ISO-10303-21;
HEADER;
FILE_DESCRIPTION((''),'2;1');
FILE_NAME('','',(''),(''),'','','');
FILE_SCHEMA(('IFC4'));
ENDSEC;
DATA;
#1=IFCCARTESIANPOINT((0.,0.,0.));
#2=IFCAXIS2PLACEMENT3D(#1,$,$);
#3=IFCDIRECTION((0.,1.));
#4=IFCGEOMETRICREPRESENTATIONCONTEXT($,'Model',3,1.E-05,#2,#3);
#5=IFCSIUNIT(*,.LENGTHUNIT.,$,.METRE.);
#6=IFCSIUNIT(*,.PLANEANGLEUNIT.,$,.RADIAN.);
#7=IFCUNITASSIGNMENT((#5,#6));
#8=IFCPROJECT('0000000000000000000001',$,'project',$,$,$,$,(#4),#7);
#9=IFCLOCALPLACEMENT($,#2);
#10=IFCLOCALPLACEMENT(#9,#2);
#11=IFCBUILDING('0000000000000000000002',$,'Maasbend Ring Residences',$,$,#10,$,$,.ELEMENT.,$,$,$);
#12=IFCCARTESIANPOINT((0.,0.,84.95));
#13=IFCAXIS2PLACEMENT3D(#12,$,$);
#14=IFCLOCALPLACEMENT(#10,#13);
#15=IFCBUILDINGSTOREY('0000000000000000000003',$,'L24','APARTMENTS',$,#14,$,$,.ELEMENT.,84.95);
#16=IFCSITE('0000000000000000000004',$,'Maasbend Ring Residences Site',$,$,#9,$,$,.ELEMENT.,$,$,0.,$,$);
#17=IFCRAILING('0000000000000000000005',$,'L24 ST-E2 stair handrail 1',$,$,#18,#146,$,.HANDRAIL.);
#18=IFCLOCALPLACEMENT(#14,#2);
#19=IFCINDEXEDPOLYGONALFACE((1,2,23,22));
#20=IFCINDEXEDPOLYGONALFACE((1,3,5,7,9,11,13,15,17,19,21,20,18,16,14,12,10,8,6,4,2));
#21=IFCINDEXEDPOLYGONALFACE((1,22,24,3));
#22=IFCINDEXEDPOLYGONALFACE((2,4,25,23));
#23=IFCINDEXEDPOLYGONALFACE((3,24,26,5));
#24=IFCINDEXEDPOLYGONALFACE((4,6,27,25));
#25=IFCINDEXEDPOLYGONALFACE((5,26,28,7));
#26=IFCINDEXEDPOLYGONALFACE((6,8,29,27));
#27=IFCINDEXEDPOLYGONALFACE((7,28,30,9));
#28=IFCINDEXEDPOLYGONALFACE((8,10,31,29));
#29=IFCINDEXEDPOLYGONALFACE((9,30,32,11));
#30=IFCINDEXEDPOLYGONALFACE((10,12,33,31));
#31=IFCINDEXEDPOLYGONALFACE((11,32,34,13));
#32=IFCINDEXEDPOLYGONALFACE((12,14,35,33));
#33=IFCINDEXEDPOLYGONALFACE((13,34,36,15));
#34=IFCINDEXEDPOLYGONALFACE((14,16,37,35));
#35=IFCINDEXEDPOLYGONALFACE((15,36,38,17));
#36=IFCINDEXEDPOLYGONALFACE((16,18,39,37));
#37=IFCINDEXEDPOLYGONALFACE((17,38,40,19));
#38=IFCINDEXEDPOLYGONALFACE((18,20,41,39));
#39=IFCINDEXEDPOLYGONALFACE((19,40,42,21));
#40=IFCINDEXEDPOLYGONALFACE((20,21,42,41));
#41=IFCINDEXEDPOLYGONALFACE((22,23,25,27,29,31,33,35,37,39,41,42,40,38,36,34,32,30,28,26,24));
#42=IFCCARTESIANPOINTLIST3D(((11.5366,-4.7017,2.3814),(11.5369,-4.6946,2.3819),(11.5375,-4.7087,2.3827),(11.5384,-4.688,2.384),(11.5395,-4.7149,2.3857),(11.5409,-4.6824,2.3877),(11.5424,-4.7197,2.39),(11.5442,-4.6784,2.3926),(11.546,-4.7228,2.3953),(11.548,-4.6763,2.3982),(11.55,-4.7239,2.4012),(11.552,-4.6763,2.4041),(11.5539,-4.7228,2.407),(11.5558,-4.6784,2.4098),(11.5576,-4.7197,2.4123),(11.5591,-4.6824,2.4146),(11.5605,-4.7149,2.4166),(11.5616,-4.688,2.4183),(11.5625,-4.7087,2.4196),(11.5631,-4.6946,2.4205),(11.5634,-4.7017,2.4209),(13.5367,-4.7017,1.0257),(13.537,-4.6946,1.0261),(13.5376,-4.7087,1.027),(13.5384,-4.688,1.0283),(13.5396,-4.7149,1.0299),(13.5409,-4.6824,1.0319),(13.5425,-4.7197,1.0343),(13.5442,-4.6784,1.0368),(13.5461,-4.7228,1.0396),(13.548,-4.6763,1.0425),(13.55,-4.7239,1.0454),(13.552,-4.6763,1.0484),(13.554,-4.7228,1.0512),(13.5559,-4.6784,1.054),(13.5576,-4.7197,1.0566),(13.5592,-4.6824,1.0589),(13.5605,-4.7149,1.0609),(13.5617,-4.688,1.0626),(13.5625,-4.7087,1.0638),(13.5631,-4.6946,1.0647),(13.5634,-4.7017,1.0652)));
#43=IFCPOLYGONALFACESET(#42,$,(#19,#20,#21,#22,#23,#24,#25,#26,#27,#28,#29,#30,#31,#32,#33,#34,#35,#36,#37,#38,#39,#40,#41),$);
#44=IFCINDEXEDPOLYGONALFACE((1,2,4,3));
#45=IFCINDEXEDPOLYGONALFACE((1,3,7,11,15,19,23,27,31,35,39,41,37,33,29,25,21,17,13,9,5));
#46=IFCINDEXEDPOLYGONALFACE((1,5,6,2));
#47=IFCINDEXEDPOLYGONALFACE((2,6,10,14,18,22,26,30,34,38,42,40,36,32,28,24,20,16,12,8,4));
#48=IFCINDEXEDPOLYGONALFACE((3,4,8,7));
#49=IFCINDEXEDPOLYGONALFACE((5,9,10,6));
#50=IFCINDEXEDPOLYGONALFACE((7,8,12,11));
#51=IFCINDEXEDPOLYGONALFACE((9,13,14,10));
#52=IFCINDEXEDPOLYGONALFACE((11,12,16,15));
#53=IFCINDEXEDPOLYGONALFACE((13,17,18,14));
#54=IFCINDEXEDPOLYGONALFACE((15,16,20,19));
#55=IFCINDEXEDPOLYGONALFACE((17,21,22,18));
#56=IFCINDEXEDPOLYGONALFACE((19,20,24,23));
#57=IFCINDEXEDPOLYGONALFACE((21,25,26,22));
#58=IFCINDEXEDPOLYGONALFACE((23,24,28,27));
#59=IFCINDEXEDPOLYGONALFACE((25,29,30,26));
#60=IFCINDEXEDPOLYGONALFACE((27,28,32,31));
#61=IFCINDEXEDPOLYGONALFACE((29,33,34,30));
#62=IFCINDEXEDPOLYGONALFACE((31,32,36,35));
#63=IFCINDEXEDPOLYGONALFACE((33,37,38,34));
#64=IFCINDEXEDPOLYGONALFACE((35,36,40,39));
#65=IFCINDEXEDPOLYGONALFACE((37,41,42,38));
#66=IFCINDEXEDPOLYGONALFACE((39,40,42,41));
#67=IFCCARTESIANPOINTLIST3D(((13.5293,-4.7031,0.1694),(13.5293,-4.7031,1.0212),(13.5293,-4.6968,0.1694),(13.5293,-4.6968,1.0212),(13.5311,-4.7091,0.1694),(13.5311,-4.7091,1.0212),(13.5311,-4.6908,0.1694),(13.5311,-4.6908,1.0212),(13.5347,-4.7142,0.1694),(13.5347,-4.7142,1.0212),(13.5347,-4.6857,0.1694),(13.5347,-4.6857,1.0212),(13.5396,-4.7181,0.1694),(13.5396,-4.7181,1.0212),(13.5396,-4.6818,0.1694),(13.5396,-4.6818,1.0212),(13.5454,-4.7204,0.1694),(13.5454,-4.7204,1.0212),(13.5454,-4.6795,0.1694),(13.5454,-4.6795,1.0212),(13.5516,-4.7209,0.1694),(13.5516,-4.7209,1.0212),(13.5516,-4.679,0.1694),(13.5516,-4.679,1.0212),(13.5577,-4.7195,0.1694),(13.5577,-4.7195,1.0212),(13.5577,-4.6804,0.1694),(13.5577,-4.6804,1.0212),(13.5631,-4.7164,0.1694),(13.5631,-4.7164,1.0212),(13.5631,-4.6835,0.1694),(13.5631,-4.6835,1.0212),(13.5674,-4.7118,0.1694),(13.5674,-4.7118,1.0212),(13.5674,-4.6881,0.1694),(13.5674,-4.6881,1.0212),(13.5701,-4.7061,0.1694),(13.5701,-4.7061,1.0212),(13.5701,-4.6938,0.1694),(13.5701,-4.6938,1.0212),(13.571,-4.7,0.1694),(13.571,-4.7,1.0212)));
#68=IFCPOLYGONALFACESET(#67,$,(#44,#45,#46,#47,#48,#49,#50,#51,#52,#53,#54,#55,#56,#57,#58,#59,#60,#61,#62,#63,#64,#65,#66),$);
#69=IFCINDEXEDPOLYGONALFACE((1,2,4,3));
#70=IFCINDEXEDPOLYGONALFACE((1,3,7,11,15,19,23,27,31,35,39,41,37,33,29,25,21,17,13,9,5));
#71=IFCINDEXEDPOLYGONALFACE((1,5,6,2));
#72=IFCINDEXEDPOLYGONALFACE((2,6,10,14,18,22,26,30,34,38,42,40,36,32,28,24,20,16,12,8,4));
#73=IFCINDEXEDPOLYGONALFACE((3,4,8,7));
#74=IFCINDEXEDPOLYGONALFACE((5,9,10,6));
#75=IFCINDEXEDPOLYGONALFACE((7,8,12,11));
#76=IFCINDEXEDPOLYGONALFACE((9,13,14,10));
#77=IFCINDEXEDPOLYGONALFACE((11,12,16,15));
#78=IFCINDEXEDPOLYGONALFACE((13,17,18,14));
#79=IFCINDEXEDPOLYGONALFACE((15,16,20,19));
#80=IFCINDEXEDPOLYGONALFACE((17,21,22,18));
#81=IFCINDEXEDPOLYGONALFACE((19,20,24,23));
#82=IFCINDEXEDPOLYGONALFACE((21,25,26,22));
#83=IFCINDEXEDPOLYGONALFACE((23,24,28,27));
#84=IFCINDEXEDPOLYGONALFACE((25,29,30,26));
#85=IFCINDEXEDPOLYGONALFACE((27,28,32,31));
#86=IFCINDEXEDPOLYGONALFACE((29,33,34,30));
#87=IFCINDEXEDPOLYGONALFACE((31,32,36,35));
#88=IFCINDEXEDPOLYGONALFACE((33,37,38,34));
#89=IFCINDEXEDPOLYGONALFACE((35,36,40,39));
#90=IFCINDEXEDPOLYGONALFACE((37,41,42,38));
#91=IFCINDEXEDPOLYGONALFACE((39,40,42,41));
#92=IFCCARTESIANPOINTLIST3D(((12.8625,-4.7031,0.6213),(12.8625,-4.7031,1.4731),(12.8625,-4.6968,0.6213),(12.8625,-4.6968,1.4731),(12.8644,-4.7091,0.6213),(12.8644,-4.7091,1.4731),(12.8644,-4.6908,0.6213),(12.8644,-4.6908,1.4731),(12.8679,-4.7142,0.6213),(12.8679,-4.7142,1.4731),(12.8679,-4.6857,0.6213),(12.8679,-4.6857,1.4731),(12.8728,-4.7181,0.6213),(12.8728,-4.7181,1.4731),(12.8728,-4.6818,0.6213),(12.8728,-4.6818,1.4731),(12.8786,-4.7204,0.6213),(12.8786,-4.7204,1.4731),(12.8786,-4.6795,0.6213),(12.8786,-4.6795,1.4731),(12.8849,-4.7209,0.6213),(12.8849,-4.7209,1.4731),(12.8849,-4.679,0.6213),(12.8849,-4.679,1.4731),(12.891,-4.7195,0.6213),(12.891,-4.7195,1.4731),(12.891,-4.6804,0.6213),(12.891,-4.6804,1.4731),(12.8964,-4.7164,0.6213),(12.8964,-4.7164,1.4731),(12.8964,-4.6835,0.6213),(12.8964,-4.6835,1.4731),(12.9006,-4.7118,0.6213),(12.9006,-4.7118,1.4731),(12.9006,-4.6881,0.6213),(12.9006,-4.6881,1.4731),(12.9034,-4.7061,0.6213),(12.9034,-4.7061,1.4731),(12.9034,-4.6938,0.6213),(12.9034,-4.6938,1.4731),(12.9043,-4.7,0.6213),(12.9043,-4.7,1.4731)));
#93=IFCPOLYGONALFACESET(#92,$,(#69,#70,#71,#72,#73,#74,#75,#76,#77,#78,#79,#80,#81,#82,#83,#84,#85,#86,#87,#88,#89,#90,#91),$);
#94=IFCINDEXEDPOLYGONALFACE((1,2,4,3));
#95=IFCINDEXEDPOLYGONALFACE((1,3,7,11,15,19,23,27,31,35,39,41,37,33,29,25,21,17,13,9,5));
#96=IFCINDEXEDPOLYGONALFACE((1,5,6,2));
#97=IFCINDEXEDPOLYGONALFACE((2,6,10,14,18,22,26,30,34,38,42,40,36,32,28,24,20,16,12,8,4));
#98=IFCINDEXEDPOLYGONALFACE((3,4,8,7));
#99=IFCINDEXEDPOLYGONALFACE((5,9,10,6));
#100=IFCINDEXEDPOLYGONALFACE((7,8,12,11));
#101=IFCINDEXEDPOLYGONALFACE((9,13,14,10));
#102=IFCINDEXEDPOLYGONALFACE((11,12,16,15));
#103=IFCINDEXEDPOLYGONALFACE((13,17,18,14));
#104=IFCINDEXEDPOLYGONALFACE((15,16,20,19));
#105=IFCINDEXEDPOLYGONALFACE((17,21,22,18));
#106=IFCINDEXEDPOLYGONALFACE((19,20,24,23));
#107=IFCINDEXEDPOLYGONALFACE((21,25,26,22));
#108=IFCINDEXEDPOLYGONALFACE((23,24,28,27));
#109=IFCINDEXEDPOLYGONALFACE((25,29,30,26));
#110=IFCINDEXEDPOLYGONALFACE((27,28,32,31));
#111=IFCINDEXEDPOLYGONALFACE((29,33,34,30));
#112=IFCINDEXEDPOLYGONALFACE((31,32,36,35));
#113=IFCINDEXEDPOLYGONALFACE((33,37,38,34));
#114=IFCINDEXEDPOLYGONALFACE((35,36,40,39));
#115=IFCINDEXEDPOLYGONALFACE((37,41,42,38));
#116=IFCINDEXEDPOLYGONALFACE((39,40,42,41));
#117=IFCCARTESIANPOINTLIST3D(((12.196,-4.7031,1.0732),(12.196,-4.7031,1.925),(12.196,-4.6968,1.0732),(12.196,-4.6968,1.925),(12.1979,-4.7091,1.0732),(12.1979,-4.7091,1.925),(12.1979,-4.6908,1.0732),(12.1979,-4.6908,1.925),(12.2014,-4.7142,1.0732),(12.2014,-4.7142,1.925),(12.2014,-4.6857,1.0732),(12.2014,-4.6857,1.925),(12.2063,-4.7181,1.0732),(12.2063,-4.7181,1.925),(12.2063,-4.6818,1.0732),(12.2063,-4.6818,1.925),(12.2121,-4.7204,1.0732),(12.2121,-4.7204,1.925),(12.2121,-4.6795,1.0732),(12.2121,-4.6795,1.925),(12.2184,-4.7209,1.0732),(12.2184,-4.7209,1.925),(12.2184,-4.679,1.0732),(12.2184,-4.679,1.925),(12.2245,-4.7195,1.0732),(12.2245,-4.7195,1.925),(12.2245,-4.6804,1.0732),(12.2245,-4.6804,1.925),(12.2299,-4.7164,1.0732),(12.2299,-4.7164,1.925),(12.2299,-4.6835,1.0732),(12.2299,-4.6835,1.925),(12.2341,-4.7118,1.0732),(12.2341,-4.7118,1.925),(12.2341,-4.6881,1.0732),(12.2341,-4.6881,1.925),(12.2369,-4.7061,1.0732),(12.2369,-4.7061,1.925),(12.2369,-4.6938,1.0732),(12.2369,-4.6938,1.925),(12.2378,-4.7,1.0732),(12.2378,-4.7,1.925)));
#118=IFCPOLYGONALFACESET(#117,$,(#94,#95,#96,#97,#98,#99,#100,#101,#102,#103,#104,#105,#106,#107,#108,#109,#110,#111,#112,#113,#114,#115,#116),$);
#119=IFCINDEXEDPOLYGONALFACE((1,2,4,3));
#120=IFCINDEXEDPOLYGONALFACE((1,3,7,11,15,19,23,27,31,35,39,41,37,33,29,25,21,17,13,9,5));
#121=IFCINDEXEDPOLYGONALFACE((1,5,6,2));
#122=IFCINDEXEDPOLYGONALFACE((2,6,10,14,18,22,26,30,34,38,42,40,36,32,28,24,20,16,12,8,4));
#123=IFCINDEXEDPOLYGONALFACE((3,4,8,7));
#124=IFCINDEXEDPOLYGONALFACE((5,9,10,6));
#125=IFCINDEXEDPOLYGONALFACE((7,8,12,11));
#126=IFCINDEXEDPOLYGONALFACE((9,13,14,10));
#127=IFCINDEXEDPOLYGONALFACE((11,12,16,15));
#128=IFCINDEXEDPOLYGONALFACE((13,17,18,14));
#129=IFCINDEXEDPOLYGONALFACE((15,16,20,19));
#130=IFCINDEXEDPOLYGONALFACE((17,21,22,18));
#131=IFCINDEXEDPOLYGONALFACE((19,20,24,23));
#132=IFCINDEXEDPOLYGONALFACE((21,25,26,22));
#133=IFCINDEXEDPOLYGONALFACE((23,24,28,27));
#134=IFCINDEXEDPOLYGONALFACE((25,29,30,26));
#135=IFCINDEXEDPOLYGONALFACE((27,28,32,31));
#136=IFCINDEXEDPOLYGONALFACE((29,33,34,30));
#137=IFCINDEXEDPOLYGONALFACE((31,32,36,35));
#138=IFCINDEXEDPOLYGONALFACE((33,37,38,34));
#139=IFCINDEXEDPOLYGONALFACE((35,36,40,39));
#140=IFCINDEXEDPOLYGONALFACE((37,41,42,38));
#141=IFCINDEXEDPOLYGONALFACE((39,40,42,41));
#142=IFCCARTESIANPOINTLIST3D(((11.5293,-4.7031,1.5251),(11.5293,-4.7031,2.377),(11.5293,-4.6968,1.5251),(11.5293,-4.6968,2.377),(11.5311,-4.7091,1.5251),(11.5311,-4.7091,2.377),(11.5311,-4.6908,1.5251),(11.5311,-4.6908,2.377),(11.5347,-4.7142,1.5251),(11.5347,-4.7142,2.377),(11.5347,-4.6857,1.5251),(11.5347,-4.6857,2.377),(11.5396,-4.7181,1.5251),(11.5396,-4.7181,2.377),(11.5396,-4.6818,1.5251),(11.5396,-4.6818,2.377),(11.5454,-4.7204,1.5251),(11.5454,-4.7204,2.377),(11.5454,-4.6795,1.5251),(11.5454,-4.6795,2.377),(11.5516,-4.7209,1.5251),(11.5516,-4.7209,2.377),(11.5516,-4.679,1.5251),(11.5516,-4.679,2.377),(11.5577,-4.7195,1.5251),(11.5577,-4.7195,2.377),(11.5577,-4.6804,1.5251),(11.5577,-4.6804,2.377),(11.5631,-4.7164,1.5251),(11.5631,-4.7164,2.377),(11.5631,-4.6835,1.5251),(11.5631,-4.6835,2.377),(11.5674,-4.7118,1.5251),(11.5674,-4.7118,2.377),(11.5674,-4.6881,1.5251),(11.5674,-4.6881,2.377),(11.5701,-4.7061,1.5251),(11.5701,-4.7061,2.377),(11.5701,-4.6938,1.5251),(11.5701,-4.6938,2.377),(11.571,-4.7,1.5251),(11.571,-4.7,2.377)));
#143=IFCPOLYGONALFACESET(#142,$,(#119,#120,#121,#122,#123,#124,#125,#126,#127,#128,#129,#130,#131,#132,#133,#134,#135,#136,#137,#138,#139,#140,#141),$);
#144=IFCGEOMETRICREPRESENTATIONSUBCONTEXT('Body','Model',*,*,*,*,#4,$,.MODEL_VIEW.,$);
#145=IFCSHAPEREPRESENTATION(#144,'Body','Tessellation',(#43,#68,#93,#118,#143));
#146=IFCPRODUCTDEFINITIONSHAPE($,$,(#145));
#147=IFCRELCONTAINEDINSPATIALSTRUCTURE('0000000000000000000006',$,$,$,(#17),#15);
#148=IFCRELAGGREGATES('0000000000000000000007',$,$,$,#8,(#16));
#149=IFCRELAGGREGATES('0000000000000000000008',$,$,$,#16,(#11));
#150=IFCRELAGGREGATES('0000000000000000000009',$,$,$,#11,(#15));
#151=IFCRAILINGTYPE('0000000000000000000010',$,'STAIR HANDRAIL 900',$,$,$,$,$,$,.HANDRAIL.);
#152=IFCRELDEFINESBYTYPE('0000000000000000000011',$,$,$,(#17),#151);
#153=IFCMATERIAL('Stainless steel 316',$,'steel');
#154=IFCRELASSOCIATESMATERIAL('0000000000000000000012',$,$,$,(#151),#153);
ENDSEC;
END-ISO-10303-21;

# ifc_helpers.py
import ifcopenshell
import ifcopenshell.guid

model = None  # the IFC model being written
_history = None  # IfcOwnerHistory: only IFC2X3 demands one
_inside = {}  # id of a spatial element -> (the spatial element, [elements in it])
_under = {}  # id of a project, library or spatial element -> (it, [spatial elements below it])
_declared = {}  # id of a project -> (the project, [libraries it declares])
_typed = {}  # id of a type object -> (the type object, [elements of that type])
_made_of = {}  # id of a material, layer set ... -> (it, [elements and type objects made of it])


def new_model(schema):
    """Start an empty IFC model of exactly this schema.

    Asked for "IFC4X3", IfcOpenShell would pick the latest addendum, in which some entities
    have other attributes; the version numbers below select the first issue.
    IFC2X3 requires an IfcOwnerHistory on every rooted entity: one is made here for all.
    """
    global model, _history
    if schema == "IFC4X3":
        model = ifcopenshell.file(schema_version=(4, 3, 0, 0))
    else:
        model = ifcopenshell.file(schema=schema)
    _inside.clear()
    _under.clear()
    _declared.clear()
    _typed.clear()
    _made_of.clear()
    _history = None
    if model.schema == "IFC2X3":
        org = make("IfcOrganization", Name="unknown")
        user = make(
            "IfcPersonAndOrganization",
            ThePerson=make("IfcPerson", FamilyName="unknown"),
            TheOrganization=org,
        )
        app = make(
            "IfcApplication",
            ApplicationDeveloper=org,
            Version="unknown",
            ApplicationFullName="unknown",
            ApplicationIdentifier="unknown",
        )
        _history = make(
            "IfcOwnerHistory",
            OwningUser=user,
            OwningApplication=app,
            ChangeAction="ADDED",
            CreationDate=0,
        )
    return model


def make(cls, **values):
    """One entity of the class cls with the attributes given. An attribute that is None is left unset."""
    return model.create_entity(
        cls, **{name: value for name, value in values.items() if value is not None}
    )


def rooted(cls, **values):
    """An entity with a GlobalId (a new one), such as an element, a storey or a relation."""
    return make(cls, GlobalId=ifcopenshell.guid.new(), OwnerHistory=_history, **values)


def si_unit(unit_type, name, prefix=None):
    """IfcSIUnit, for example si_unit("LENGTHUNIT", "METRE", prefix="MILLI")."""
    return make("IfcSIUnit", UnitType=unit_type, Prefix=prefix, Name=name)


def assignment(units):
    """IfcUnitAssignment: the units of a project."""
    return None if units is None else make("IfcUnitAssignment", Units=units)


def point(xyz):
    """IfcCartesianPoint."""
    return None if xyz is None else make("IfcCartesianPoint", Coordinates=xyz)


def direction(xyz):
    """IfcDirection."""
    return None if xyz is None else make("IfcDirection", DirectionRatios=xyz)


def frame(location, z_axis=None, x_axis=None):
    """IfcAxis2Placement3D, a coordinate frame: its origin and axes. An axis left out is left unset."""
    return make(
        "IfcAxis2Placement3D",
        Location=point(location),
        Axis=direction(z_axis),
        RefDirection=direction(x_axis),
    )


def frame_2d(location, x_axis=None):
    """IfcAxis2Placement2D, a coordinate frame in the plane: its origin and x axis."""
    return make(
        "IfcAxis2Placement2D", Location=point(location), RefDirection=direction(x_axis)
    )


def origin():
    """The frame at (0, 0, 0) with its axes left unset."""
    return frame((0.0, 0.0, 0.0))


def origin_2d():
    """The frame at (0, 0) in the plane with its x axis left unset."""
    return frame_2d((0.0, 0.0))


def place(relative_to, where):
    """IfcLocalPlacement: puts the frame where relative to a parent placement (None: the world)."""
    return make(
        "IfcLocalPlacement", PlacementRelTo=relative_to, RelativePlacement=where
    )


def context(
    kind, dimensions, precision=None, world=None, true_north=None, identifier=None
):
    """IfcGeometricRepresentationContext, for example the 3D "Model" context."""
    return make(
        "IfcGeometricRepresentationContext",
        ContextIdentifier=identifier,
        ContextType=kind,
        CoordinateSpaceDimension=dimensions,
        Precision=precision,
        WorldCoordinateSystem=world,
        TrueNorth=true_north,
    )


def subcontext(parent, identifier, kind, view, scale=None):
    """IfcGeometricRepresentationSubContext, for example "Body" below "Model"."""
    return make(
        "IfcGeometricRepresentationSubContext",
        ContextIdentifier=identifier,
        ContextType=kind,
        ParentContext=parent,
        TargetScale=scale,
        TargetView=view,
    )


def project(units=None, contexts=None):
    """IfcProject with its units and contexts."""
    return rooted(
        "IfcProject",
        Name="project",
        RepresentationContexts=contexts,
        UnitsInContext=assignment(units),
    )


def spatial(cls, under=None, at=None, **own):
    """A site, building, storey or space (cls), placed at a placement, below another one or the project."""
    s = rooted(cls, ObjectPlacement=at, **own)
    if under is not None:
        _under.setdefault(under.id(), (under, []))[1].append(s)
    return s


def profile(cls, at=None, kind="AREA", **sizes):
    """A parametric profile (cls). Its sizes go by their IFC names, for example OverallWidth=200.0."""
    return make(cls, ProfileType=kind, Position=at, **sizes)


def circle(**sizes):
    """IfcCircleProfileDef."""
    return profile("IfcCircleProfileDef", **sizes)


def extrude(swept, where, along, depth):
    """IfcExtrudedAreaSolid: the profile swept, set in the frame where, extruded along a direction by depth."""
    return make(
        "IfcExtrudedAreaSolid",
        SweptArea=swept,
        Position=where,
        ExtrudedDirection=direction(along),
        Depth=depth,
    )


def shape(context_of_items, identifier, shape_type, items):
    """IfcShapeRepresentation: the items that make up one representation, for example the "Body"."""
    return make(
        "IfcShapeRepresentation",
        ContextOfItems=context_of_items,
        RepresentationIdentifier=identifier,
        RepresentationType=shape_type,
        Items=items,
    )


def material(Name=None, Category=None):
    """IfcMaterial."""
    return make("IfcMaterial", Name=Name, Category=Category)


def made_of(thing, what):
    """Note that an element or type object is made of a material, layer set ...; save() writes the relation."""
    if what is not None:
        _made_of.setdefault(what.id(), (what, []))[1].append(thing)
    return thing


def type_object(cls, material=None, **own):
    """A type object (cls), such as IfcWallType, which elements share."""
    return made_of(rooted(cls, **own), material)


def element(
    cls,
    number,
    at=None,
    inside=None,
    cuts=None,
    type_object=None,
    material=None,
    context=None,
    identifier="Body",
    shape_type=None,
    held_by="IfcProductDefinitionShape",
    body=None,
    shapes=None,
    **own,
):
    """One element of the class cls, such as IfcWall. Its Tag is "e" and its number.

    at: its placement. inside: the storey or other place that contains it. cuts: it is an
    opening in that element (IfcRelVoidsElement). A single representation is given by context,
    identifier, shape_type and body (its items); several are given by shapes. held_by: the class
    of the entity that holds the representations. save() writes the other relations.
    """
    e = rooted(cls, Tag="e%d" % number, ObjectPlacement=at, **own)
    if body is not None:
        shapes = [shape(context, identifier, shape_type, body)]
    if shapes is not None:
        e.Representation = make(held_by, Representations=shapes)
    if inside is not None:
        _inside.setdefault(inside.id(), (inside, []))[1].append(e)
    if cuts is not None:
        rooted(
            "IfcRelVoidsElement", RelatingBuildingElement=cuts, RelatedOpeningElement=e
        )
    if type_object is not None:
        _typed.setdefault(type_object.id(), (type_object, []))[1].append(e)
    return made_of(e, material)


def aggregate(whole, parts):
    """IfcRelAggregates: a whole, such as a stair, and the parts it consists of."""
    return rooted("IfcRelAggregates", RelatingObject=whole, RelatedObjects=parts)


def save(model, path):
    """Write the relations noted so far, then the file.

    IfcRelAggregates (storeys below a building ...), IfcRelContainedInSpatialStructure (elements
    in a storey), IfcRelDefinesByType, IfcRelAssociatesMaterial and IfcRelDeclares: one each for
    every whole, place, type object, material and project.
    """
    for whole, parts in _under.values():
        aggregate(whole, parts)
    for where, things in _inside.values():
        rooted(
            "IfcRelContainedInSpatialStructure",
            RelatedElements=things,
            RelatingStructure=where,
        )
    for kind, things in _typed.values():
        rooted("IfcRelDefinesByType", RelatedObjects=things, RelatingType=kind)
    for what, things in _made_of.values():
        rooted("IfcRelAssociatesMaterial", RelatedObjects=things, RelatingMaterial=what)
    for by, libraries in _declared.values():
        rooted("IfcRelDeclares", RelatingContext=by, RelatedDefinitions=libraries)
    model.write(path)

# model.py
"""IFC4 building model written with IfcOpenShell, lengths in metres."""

from ifc_helpers import new_model, si_unit, direction, frame, origin, origin_2d, place, context, subcontext, project, spatial, circle, extrude, material, type_object, element, save


model = new_model("IFC4")

# Units and contexts
model_context = context("Model", 3, precision=1e-05, world=origin(), true_north=direction((0.0, 1.0)))
body_context = subcontext(model_context, "Body", "Model", "MODEL_VIEW")
ifc_project = project(units=[si_unit("LENGTHUNIT", "METRE"), si_unit("PLANEANGLEUNIT", "RADIAN")], contexts=[model_context])

# Site, building, storey
site_placement = place(None, origin())
site = spatial("IfcSite", under=ifc_project, at=site_placement, Name="Maasbend Ring Residences Site", CompositionType="ELEMENT", RefElevation=0.0)
building_placement = place(site_placement, origin())
building = spatial("IfcBuilding", under=site, at=building_placement, Name="Maasbend Ring Residences", CompositionType="ELEMENT")
storey_placement = place(building_placement, frame((0.0, 0.0, 84.95)))
storey = spatial("IfcBuildingStorey", under=building, at=storey_placement, Name="L24", Description="APARTMENTS", CompositionType="ELEMENT", Elevation=84.95)

# Railing
ifc_material_1 = material(Name="Stainless steel 316", Category="steel")
railing_type_1 = type_object("IfcRailingType", Name="STAIR HANDRAIL 900", PredefinedType="HANDRAIL", material=ifc_material_1)
railing_1_placement = place(storey_placement, frame((13.55, -4.7, 0.1694)))
element("IfcRailing", 1, at=railing_1_placement, inside=storey, type_object=railing_type_1, Name="L24 ST-E2 stair handrail 1", PredefinedType="HANDRAIL", context=body_context, shape_type="SweptSolid", body=[
    extrude(circle(Radius=0.0239, at=origin_2d()), frame((0.0, 0.0, 0.876), z_axis=(-0.827751, 0.0, 0.561096), x_axis=(0.0, -1.0, 0.0)), (0.0, 0.0, 1.0), 2.4163),
    extrude(circle(Radius=0.021, at=origin_2d()), origin(), (0.0, 0.0, 1.0), 0.8518),
    extrude(circle(Radius=0.021, at=origin_2d()), frame((-0.6667, 0.0, 0.4519)), (0.0, 0.0, 1.0), 0.8518),
    extrude(circle(Radius=0.021, at=origin_2d()), frame((-1.3333, 0.0, 0.9038)), (0.0, 0.0, 1.0), 0.8518),
    extrude(circle(Radius=0.021, at=origin_2d()), frame((-2.0, 0.0, 1.3557)), (0.0, 0.0, 1.0), 0.8518),
])

save(model, "model.ifc")
